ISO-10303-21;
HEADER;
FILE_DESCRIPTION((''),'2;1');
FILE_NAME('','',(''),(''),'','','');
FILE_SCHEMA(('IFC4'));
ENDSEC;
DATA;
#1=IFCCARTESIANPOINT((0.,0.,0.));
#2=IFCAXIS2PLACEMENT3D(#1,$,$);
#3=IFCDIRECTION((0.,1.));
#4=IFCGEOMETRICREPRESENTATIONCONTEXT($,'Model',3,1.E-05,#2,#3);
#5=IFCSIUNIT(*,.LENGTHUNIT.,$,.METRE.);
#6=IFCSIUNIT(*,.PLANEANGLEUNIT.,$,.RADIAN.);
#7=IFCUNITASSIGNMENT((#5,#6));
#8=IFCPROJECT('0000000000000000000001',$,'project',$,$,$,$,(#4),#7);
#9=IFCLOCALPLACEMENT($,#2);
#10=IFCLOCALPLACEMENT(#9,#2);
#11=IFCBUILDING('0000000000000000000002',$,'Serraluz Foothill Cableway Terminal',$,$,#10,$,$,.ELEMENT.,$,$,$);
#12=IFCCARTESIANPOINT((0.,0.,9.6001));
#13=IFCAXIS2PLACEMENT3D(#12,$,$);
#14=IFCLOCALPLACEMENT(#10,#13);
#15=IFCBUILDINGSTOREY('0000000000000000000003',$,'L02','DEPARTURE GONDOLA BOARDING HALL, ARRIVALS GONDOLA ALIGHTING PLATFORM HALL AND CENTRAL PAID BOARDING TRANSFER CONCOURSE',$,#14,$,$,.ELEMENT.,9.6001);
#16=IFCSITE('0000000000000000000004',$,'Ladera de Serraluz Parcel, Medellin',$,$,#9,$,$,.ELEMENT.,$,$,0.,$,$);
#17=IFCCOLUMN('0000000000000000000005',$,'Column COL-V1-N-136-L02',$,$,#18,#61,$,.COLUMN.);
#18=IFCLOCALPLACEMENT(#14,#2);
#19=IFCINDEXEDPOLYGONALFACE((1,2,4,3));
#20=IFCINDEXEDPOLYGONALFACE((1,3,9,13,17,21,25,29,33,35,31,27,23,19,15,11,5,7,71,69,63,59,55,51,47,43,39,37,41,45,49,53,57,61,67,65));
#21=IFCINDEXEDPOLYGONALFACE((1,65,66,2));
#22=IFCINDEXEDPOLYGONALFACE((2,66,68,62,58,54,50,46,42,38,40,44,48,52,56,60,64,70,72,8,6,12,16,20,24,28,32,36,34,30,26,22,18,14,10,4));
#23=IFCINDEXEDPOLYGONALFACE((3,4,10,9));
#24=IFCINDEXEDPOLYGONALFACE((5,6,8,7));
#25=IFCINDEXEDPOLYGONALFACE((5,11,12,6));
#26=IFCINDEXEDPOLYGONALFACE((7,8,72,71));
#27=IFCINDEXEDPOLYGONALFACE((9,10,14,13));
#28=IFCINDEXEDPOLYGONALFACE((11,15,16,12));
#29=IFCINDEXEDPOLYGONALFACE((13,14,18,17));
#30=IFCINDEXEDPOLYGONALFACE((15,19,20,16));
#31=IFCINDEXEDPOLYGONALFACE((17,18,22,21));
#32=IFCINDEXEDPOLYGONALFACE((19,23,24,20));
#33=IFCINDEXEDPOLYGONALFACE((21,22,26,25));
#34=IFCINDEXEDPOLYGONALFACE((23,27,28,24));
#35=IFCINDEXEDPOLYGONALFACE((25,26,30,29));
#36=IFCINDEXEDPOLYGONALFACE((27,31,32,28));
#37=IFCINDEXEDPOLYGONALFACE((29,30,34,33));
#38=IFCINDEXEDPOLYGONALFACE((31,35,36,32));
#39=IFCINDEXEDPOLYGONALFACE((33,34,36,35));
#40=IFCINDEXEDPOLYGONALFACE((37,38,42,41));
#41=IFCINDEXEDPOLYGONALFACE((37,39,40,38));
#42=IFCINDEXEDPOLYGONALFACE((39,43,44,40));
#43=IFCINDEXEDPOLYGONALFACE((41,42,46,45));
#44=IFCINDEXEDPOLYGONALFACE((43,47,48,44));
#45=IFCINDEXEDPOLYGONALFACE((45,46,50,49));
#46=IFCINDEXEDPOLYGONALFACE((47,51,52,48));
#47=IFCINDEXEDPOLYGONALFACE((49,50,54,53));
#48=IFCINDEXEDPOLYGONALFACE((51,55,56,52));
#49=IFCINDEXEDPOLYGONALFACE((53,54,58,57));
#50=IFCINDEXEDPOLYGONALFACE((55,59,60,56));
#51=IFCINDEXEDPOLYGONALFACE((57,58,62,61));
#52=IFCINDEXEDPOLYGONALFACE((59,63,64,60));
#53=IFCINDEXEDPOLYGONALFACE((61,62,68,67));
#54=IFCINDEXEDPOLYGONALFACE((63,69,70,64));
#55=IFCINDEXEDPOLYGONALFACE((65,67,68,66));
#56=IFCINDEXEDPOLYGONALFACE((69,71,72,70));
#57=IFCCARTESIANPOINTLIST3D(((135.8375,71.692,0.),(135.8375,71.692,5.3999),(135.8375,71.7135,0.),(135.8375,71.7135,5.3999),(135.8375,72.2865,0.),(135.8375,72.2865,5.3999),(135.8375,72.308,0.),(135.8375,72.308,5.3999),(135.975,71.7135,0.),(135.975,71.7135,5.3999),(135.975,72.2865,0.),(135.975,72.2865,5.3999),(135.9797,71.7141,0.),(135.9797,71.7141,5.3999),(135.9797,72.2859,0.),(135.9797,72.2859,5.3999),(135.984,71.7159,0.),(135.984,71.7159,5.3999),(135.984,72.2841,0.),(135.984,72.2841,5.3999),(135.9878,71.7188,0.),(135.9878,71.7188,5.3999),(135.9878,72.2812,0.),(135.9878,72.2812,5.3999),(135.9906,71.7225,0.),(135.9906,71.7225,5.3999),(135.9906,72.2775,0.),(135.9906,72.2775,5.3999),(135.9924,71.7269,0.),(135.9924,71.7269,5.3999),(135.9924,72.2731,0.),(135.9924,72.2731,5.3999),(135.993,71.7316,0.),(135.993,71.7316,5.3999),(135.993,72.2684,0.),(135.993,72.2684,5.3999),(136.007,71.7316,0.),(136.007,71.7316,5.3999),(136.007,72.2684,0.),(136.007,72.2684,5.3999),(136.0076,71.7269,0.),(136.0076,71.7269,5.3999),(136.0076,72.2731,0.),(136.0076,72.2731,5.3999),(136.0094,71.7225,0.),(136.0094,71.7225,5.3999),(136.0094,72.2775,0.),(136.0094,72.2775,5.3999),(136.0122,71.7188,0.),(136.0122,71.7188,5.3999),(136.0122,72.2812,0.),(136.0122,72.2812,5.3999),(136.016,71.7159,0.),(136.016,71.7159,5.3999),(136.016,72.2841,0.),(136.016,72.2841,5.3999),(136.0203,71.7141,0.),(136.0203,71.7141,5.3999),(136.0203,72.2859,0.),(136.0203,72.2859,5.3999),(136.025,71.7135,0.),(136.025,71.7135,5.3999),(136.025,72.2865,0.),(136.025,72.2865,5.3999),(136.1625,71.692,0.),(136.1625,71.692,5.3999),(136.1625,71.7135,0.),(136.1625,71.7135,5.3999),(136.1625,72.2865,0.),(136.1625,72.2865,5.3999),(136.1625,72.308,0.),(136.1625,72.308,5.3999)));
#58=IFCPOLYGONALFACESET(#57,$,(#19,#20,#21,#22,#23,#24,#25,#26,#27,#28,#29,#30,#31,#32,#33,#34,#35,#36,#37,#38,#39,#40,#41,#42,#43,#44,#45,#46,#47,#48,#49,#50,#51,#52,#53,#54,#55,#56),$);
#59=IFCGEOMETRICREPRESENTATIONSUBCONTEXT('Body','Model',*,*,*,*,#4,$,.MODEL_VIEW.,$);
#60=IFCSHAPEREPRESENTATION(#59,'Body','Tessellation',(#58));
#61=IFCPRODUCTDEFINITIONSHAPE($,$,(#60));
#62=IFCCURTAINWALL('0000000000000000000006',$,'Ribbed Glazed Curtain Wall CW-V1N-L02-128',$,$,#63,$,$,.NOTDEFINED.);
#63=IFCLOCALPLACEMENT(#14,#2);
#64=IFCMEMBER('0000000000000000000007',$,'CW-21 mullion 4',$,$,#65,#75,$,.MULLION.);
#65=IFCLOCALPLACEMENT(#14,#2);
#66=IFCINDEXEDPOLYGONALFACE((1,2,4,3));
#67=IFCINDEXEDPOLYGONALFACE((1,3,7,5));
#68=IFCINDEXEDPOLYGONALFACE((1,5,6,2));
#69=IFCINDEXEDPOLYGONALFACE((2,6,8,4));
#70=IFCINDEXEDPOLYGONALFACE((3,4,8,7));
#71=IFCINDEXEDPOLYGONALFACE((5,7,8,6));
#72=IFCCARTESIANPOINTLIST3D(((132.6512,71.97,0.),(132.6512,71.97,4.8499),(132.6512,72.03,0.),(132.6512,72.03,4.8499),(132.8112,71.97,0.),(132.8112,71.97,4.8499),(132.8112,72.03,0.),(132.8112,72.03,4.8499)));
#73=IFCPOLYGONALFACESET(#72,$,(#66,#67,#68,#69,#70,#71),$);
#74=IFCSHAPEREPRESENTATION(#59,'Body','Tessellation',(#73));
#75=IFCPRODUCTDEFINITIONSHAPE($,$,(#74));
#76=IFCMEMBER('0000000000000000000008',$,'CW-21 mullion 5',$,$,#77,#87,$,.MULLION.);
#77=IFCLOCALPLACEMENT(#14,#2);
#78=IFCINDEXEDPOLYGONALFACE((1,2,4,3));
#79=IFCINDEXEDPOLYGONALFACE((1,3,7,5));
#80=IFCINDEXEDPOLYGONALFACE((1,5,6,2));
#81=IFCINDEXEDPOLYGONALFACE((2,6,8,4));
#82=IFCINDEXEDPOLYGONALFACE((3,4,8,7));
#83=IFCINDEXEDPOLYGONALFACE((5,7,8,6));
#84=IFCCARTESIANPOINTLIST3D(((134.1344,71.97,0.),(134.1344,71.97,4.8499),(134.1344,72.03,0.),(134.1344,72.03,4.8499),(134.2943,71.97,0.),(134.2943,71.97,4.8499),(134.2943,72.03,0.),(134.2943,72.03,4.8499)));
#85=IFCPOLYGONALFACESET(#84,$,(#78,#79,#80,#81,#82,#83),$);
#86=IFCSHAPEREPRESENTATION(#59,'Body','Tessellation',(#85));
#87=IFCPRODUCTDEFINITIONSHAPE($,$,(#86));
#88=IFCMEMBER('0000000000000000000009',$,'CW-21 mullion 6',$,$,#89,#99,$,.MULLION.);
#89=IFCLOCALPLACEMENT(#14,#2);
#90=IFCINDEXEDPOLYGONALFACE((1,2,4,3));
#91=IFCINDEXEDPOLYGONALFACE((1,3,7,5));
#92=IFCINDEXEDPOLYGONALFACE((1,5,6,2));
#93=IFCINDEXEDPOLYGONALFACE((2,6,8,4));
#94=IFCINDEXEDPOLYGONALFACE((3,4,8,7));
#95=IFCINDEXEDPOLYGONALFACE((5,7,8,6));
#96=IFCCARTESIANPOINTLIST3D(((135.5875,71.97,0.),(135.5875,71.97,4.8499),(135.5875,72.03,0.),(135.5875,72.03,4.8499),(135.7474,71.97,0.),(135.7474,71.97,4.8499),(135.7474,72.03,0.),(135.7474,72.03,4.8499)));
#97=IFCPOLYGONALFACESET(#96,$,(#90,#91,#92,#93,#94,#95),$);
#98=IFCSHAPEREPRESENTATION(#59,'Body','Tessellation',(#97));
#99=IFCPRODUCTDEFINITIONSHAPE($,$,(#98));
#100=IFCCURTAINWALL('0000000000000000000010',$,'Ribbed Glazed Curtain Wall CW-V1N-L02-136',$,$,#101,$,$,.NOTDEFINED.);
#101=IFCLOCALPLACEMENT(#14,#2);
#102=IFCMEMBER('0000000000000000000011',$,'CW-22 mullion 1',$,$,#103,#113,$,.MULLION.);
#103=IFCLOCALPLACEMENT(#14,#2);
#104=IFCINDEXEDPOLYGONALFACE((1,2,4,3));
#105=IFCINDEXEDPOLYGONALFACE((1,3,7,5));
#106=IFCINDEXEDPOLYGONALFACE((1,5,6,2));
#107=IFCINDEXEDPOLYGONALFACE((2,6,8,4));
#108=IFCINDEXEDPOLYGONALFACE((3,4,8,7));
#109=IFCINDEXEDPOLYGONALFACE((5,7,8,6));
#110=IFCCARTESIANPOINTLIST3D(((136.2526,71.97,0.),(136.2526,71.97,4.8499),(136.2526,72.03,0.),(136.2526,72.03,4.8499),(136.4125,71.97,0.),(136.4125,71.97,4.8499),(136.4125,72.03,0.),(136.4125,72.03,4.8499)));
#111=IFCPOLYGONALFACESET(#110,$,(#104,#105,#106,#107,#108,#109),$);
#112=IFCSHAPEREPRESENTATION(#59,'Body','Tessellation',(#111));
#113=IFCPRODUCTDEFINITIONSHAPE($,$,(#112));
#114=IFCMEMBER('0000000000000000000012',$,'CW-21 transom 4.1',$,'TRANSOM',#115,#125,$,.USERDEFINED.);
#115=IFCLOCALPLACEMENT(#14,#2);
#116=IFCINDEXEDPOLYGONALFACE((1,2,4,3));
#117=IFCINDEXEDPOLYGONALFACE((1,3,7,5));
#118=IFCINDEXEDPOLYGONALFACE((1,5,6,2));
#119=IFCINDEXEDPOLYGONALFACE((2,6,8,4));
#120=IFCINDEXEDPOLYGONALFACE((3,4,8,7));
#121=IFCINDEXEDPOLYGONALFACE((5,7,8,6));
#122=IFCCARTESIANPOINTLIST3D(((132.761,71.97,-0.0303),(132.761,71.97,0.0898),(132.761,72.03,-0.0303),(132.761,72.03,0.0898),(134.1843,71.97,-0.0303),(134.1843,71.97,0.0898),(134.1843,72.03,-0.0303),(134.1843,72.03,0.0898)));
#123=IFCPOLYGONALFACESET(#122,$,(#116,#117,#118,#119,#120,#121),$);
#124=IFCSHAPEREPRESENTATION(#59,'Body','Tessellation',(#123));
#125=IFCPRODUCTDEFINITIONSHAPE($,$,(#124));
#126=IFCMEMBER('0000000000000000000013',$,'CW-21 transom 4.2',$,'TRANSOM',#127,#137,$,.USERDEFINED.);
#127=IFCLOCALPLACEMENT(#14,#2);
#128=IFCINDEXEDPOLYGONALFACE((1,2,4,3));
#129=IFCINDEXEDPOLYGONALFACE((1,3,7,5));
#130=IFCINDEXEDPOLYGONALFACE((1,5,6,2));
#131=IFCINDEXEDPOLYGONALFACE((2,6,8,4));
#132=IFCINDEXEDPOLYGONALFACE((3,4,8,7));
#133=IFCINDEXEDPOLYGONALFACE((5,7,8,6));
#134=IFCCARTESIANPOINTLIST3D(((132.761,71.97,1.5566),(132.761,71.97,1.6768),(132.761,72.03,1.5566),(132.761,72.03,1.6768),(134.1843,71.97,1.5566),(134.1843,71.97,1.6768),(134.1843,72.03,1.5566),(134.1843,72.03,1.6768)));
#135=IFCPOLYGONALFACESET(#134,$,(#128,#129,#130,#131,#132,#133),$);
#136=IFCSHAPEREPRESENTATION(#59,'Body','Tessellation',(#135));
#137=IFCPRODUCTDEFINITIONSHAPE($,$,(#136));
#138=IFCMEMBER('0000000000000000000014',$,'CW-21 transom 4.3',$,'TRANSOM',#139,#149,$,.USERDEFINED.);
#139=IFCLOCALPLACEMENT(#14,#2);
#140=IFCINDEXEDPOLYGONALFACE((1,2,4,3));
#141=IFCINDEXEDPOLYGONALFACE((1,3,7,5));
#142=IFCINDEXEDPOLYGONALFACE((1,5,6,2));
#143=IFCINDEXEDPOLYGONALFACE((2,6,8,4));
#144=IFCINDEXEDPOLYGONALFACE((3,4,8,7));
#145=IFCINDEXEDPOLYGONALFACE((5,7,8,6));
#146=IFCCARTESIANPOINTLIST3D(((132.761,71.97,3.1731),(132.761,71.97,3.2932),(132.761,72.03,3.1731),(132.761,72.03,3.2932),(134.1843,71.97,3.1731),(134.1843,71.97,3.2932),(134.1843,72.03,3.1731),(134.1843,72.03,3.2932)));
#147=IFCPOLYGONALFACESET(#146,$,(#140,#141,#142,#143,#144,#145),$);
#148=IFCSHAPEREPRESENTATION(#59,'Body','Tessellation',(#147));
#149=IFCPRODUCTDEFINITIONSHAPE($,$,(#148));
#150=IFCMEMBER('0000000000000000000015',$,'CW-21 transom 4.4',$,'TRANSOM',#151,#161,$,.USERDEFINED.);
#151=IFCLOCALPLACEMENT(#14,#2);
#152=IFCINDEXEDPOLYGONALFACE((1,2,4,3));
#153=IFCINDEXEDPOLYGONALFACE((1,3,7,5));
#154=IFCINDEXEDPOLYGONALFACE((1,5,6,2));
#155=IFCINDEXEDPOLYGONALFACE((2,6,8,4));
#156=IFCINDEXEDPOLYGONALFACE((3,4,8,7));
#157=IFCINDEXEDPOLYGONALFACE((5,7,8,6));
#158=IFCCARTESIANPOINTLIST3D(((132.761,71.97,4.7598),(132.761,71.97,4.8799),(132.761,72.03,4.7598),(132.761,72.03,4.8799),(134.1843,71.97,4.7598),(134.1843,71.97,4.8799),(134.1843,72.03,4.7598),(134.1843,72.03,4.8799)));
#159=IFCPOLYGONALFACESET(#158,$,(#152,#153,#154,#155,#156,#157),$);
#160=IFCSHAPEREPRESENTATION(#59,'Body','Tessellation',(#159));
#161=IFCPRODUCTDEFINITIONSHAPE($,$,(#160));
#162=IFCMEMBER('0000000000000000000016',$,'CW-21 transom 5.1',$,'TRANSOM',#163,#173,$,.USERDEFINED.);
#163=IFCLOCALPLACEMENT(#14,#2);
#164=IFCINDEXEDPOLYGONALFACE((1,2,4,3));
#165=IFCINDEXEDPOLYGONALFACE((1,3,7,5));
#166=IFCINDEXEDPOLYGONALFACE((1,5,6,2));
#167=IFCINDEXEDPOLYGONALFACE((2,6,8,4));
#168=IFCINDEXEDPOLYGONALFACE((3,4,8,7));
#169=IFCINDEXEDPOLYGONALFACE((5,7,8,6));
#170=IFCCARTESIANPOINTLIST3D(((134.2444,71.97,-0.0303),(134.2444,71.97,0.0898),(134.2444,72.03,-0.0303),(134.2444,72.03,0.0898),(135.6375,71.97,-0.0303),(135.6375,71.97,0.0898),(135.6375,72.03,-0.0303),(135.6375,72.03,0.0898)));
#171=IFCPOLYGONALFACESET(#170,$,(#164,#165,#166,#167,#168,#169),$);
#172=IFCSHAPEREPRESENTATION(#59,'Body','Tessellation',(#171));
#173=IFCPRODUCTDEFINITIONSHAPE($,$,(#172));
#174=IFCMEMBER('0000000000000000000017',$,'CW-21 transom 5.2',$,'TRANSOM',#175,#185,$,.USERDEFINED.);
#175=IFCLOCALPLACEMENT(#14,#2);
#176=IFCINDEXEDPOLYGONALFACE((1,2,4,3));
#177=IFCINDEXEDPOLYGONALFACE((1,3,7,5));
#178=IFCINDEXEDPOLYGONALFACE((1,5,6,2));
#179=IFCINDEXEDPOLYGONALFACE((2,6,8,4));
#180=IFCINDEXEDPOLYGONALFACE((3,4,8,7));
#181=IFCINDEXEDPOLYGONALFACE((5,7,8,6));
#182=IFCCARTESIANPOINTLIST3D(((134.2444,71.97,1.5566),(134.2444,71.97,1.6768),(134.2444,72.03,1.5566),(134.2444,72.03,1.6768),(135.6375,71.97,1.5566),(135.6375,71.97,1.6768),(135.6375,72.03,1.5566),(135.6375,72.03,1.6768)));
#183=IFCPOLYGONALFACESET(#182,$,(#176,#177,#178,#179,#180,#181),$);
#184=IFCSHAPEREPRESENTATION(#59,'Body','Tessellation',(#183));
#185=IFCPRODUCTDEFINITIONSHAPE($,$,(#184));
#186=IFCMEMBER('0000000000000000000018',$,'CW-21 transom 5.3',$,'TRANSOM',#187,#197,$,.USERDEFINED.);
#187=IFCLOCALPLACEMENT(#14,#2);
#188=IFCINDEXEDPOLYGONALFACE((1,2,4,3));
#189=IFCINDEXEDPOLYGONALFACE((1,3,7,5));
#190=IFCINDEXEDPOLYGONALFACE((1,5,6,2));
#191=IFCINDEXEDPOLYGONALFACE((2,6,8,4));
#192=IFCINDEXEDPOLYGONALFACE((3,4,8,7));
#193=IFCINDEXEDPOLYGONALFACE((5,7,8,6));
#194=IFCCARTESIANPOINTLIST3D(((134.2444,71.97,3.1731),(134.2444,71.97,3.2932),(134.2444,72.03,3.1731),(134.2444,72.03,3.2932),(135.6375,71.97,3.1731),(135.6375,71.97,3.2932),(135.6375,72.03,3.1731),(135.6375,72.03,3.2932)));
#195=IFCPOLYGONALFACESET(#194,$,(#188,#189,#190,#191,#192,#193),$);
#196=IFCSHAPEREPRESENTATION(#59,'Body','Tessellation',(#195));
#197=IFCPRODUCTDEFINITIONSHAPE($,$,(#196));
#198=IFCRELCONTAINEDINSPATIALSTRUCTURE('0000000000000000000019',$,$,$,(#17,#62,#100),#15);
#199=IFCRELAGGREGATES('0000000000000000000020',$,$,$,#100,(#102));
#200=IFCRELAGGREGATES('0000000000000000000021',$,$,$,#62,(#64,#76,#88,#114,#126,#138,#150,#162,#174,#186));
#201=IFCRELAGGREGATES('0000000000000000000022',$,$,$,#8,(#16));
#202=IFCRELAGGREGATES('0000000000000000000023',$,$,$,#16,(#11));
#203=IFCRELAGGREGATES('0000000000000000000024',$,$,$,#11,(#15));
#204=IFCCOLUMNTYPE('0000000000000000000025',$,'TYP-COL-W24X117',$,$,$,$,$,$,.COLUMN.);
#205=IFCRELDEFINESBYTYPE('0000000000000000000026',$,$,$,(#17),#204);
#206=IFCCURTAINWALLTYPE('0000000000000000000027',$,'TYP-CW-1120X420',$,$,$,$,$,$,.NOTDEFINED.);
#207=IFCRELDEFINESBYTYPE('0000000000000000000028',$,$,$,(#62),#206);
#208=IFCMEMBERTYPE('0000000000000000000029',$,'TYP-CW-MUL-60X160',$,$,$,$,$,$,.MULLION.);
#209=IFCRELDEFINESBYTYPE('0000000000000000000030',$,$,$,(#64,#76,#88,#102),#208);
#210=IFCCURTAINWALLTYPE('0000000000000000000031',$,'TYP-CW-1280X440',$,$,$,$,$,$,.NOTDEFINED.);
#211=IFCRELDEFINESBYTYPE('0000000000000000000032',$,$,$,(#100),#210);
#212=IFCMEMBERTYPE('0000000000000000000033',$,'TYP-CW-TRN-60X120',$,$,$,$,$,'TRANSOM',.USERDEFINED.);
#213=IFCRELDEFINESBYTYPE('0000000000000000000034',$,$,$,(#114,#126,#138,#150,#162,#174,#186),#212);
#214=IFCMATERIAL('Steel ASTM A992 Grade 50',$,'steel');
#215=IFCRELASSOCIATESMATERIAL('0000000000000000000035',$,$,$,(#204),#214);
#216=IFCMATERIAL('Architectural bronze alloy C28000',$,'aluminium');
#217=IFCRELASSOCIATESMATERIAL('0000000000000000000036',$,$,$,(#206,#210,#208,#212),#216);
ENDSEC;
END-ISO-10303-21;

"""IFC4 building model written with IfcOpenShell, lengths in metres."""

from ifc_helpers import new_model, si_unit, direction, frame, origin, origin_2d, place, context, subcontext, project, spatial, rectangle, i_section, extrude, material, material_profile, profile_set, type_object, element, aggregate, save


model = new_model("IFC4")

# Units and contexts
model_context = context("Model", 3, precision=1e-05, world=origin(), true_north=direction((0.0, 1.0)))
body_context = subcontext(model_context, "Body", "Model", "MODEL_VIEW")
ifc_project = project(units=[si_unit("LENGTHUNIT", "METRE"), si_unit("PLANEANGLEUNIT", "RADIAN")], contexts=[model_context])

# Site, building, storey
site_placement = place(None, origin())
site = spatial("IfcSite", under=ifc_project, at=site_placement, Name="Ladera de Serraluz Parcel, Medellin", CompositionType="ELEMENT", RefElevation=0.0)
building_placement = place(site_placement, origin())
building = spatial("IfcBuilding", under=site, at=building_placement, Name="Serraluz Foothill Cableway Terminal", CompositionType="ELEMENT")
storey_placement = place(building_placement, frame((0.0, 0.0, 9.6001)))
storey = spatial("IfcBuildingStorey", under=building, at=storey_placement, Name="L02", Description="DEPARTURE GONDOLA BOARDING HALL, ARRIVALS GONDOLA ALIGHTING PLATFORM HALL AND CENTRAL PAID BOARDING TRANSFER CONCOURSE", CompositionType="ELEMENT", Elevation=9.6001)

# Column
ifc_material_1 = material(Name="Steel ASTM A992 Grade 50", Category="steel")
ifc_material_profile_1 = material_profile(ifc_material_1, i_section(OverallWidth=0.325, OverallDepth=0.616, WebThickness=0.0139, FlangeThickness=0.0215, FilletRadius=0.0181, at=origin_2d()), Name="W24X117")
ifc_profile_set_1 = profile_set([ifc_material_profile_1], Name="Steel ASTM A992 Grade 50")
column_type = type_object("IfcColumnType", Name="TYP-COL-W24X117", PredefinedType="COLUMN", material=ifc_profile_set_1)
column_placement = place(storey_placement, frame((136.0, 72.0, 0.0), z_axis=(0.0, 0.0, 1.0), x_axis=(1.0, 0.0, 0.0)))
element("IfcColumn", 1, at=column_placement, inside=storey, type_object=column_type, Name="Column COL-V1-N-136-L02", PredefinedType="COLUMN", context=body_context, shape_type="SweptSolid", body=[
    extrude(i_section(OverallWidth=0.325, OverallDepth=0.616, WebThickness=0.0139, FlangeThickness=0.0215, FilletRadius=0.0181, at=origin_2d()), origin(), (0.0, 0.0, 1.0), 5.3999),
])

# Curtain wall, members
ifc_material_2 = material(Name="Architectural bronze alloy C28000", Category="aluminium")
curtain_wall_type_1 = type_object("IfcCurtainWallType", Name="TYP-CW-1120X420", PredefinedType="NOTDEFINED", material=ifc_material_2)
curtain_wall_1_placement = place(storey_placement, origin())
curtain_wall_1 = element("IfcCurtainWall", 2, at=curtain_wall_1_placement, inside=storey, type_object=curtain_wall_type_1, Name="Ribbed Glazed Curtain Wall CW-V1N-L02-128", PredefinedType="NOTDEFINED")
ifc_material_profile_2 = material_profile(ifc_material_2, rectangle(XDim=0.0601, YDim=0.1599, at=origin_2d()), Name="ALU MULLION 60x160")
ifc_profile_set_2 = profile_set([ifc_material_profile_2], Name="Architectural bronze alloy C28000")
member_type_1 = type_object("IfcMemberType", Name="TYP-CW-MUL-60X160", PredefinedType="MULLION", material=ifc_profile_set_2)
member_1_placement = place(storey_placement, frame((132.7312, 72.0, 0.0), z_axis=(0.0, 0.0, 1.0), x_axis=(0.0, 1.0, 0.0)))
member_1 = element("IfcMember", 3, at=member_1_placement, type_object=member_type_1, Name="CW-21 mullion 4", PredefinedType="MULLION", context=body_context, shape_type="SweptSolid", body=[
    extrude(rectangle(XDim=0.0601, YDim=0.1599, at=origin_2d()), origin(), (0.0, 0.0, 1.0), 4.8499),
])
member_2_placement = place(storey_placement, frame((134.2144, 72.0, 0.0), z_axis=(0.0, 0.0, 1.0), x_axis=(0.0, 1.0, 0.0)))
member_2 = element("IfcMember", 4, at=member_2_placement, type_object=member_type_1, Name="CW-21 mullion 5", PredefinedType="MULLION", context=body_context, shape_type="SweptSolid", body=[
    extrude(rectangle(XDim=0.0601, YDim=0.1599, at=origin_2d()), origin(), (0.0, 0.0, 1.0), 4.8499),
])
member_3_placement = place(storey_placement, frame((135.6675, 72.0, 0.0), z_axis=(0.0, 0.0, 1.0), x_axis=(0.0, 1.0, 0.0)))
member_3 = element("IfcMember", 5, at=member_3_placement, type_object=member_type_1, Name="CW-21 mullion 6", PredefinedType="MULLION", context=body_context, shape_type="SweptSolid", body=[
    extrude(rectangle(XDim=0.0601, YDim=0.1599, at=origin_2d()), origin(), (0.0, 0.0, 1.0), 4.8499),
])

# Curtain wall, member
curtain_wall_type_2 = type_object("IfcCurtainWallType", Name="TYP-CW-1280X440", PredefinedType="NOTDEFINED", material=ifc_material_2)
curtain_wall_2_placement = place(storey_placement, origin())
curtain_wall_2 = element("IfcCurtainWall", 6, at=curtain_wall_2_placement, inside=storey, type_object=curtain_wall_type_2, Name="Ribbed Glazed Curtain Wall CW-V1N-L02-136", PredefinedType="NOTDEFINED")
member_4_placement = place(storey_placement, frame((136.3325, 72.0, 0.0), z_axis=(0.0, 0.0, 1.0), x_axis=(0.0, 1.0, 0.0)))
member_4 = element("IfcMember", 7, at=member_4_placement, type_object=member_type_1, Name="CW-22 mullion 1", PredefinedType="MULLION", context=body_context, shape_type="SweptSolid", body=[
    extrude(rectangle(XDim=0.0601, YDim=0.1599, at=origin_2d()), origin(), (0.0, 0.0, 1.0), 4.8499),
])

# Members
ifc_material_profile_3 = material_profile(ifc_material_2, rectangle(XDim=0.0601, YDim=0.1201, at=origin_2d()), Name="ALU TRANSOM 60x120")
ifc_profile_set_3 = profile_set([ifc_material_profile_3], Name="Architectural bronze alloy C28000")
member_type_2 = type_object("IfcMemberType", Name="TYP-CW-TRN-60X120", ElementType="TRANSOM", PredefinedType="USERDEFINED", material=ifc_profile_set_3)
member_5_placement = place(storey_placement, frame((132.761, 72.0, 0.0298), z_axis=(1.0, 0.0, 0.0), x_axis=(0.0, 1.0, 0.0)))
member_5 = element("IfcMember", 8, at=member_5_placement, type_object=member_type_2, Name="CW-21 transom 4.1", ObjectType="TRANSOM", PredefinedType="USERDEFINED", context=body_context, shape_type="SweptSolid", body=[
    extrude(rectangle(XDim=0.0601, YDim=0.1201, at=origin_2d()), origin(), (0.0, 0.0, 1.0), 1.4233),
])
member_6_placement = place(storey_placement, frame((132.761, 72.0, 1.6167), z_axis=(1.0, 0.0, 0.0), x_axis=(0.0, 1.0, 0.0)))
member_6 = element("IfcMember", 9, at=member_6_placement, type_object=member_type_2, Name="CW-21 transom 4.2", ObjectType="TRANSOM", PredefinedType="USERDEFINED", context=body_context, shape_type="SweptSolid", body=[
    extrude(rectangle(XDim=0.0601, YDim=0.1201, at=origin_2d()), origin(), (0.0, 0.0, 1.0), 1.4233),
])
member_7_placement = place(storey_placement, frame((132.761, 72.0, 3.2332), z_axis=(1.0, 0.0, 0.0), x_axis=(0.0, 1.0, 0.0)))
member_7 = element("IfcMember", 10, at=member_7_placement, type_object=member_type_2, Name="CW-21 transom 4.3", ObjectType="TRANSOM", PredefinedType="USERDEFINED", context=body_context, shape_type="SweptSolid", body=[
    extrude(rectangle(XDim=0.0601, YDim=0.1201, at=origin_2d()), origin(), (0.0, 0.0, 1.0), 1.4233),
])
member_8_placement = place(storey_placement, frame((132.761, 72.0, 4.8198), z_axis=(1.0, 0.0, 0.0), x_axis=(0.0, 1.0, 0.0)))
member_8 = element("IfcMember", 11, at=member_8_placement, type_object=member_type_2, Name="CW-21 transom 4.4", ObjectType="TRANSOM", PredefinedType="USERDEFINED", context=body_context, shape_type="SweptSolid", body=[
    extrude(rectangle(XDim=0.0601, YDim=0.1201, at=origin_2d()), origin(), (0.0, 0.0, 1.0), 1.4233),
])
member_9_placement = place(storey_placement, frame((134.2444, 72.0, 0.0298), z_axis=(1.0, 0.0, 0.0), x_axis=(0.0, 1.0, 0.0)))
member_9 = element("IfcMember", 12, at=member_9_placement, type_object=member_type_2, Name="CW-21 transom 5.1", ObjectType="TRANSOM", PredefinedType="USERDEFINED", context=body_context, shape_type="SweptSolid", body=[
    extrude(rectangle(XDim=0.0601, YDim=0.1201, at=origin_2d()), origin(), (0.0, 0.0, 1.0), 1.3931),
])
member_10_placement = place(storey_placement, frame((134.2444, 72.0, 1.6167), z_axis=(1.0, 0.0, 0.0), x_axis=(0.0, 1.0, 0.0)))
member_10 = element("IfcMember", 13, at=member_10_placement, type_object=member_type_2, Name="CW-21 transom 5.2", ObjectType="TRANSOM", PredefinedType="USERDEFINED", context=body_context, shape_type="SweptSolid", body=[
    extrude(rectangle(XDim=0.0601, YDim=0.1201, at=origin_2d()), origin(), (0.0, 0.0, 1.0), 1.3931),
])
member_11_placement = place(storey_placement, frame((134.2444, 72.0, 3.2332), z_axis=(1.0, 0.0, 0.0), x_axis=(0.0, 1.0, 0.0)))
member_11 = element("IfcMember", 14, at=member_11_placement, type_object=member_type_2, Name="CW-21 transom 5.3", ObjectType="TRANSOM", PredefinedType="USERDEFINED", context=body_context, shape_type="SweptSolid", body=[
    extrude(rectangle(XDim=0.0601, YDim=0.1201, at=origin_2d()), origin(), (0.0, 0.0, 1.0), 1.3931),
])
aggregate(curtain_wall_2, [member_4])

aggregate(curtain_wall_1, [member_1, member_2, member_3, member_5, member_6, member_7, member_8, member_9, member_10, member_11])

save(model, "model.ifc")
